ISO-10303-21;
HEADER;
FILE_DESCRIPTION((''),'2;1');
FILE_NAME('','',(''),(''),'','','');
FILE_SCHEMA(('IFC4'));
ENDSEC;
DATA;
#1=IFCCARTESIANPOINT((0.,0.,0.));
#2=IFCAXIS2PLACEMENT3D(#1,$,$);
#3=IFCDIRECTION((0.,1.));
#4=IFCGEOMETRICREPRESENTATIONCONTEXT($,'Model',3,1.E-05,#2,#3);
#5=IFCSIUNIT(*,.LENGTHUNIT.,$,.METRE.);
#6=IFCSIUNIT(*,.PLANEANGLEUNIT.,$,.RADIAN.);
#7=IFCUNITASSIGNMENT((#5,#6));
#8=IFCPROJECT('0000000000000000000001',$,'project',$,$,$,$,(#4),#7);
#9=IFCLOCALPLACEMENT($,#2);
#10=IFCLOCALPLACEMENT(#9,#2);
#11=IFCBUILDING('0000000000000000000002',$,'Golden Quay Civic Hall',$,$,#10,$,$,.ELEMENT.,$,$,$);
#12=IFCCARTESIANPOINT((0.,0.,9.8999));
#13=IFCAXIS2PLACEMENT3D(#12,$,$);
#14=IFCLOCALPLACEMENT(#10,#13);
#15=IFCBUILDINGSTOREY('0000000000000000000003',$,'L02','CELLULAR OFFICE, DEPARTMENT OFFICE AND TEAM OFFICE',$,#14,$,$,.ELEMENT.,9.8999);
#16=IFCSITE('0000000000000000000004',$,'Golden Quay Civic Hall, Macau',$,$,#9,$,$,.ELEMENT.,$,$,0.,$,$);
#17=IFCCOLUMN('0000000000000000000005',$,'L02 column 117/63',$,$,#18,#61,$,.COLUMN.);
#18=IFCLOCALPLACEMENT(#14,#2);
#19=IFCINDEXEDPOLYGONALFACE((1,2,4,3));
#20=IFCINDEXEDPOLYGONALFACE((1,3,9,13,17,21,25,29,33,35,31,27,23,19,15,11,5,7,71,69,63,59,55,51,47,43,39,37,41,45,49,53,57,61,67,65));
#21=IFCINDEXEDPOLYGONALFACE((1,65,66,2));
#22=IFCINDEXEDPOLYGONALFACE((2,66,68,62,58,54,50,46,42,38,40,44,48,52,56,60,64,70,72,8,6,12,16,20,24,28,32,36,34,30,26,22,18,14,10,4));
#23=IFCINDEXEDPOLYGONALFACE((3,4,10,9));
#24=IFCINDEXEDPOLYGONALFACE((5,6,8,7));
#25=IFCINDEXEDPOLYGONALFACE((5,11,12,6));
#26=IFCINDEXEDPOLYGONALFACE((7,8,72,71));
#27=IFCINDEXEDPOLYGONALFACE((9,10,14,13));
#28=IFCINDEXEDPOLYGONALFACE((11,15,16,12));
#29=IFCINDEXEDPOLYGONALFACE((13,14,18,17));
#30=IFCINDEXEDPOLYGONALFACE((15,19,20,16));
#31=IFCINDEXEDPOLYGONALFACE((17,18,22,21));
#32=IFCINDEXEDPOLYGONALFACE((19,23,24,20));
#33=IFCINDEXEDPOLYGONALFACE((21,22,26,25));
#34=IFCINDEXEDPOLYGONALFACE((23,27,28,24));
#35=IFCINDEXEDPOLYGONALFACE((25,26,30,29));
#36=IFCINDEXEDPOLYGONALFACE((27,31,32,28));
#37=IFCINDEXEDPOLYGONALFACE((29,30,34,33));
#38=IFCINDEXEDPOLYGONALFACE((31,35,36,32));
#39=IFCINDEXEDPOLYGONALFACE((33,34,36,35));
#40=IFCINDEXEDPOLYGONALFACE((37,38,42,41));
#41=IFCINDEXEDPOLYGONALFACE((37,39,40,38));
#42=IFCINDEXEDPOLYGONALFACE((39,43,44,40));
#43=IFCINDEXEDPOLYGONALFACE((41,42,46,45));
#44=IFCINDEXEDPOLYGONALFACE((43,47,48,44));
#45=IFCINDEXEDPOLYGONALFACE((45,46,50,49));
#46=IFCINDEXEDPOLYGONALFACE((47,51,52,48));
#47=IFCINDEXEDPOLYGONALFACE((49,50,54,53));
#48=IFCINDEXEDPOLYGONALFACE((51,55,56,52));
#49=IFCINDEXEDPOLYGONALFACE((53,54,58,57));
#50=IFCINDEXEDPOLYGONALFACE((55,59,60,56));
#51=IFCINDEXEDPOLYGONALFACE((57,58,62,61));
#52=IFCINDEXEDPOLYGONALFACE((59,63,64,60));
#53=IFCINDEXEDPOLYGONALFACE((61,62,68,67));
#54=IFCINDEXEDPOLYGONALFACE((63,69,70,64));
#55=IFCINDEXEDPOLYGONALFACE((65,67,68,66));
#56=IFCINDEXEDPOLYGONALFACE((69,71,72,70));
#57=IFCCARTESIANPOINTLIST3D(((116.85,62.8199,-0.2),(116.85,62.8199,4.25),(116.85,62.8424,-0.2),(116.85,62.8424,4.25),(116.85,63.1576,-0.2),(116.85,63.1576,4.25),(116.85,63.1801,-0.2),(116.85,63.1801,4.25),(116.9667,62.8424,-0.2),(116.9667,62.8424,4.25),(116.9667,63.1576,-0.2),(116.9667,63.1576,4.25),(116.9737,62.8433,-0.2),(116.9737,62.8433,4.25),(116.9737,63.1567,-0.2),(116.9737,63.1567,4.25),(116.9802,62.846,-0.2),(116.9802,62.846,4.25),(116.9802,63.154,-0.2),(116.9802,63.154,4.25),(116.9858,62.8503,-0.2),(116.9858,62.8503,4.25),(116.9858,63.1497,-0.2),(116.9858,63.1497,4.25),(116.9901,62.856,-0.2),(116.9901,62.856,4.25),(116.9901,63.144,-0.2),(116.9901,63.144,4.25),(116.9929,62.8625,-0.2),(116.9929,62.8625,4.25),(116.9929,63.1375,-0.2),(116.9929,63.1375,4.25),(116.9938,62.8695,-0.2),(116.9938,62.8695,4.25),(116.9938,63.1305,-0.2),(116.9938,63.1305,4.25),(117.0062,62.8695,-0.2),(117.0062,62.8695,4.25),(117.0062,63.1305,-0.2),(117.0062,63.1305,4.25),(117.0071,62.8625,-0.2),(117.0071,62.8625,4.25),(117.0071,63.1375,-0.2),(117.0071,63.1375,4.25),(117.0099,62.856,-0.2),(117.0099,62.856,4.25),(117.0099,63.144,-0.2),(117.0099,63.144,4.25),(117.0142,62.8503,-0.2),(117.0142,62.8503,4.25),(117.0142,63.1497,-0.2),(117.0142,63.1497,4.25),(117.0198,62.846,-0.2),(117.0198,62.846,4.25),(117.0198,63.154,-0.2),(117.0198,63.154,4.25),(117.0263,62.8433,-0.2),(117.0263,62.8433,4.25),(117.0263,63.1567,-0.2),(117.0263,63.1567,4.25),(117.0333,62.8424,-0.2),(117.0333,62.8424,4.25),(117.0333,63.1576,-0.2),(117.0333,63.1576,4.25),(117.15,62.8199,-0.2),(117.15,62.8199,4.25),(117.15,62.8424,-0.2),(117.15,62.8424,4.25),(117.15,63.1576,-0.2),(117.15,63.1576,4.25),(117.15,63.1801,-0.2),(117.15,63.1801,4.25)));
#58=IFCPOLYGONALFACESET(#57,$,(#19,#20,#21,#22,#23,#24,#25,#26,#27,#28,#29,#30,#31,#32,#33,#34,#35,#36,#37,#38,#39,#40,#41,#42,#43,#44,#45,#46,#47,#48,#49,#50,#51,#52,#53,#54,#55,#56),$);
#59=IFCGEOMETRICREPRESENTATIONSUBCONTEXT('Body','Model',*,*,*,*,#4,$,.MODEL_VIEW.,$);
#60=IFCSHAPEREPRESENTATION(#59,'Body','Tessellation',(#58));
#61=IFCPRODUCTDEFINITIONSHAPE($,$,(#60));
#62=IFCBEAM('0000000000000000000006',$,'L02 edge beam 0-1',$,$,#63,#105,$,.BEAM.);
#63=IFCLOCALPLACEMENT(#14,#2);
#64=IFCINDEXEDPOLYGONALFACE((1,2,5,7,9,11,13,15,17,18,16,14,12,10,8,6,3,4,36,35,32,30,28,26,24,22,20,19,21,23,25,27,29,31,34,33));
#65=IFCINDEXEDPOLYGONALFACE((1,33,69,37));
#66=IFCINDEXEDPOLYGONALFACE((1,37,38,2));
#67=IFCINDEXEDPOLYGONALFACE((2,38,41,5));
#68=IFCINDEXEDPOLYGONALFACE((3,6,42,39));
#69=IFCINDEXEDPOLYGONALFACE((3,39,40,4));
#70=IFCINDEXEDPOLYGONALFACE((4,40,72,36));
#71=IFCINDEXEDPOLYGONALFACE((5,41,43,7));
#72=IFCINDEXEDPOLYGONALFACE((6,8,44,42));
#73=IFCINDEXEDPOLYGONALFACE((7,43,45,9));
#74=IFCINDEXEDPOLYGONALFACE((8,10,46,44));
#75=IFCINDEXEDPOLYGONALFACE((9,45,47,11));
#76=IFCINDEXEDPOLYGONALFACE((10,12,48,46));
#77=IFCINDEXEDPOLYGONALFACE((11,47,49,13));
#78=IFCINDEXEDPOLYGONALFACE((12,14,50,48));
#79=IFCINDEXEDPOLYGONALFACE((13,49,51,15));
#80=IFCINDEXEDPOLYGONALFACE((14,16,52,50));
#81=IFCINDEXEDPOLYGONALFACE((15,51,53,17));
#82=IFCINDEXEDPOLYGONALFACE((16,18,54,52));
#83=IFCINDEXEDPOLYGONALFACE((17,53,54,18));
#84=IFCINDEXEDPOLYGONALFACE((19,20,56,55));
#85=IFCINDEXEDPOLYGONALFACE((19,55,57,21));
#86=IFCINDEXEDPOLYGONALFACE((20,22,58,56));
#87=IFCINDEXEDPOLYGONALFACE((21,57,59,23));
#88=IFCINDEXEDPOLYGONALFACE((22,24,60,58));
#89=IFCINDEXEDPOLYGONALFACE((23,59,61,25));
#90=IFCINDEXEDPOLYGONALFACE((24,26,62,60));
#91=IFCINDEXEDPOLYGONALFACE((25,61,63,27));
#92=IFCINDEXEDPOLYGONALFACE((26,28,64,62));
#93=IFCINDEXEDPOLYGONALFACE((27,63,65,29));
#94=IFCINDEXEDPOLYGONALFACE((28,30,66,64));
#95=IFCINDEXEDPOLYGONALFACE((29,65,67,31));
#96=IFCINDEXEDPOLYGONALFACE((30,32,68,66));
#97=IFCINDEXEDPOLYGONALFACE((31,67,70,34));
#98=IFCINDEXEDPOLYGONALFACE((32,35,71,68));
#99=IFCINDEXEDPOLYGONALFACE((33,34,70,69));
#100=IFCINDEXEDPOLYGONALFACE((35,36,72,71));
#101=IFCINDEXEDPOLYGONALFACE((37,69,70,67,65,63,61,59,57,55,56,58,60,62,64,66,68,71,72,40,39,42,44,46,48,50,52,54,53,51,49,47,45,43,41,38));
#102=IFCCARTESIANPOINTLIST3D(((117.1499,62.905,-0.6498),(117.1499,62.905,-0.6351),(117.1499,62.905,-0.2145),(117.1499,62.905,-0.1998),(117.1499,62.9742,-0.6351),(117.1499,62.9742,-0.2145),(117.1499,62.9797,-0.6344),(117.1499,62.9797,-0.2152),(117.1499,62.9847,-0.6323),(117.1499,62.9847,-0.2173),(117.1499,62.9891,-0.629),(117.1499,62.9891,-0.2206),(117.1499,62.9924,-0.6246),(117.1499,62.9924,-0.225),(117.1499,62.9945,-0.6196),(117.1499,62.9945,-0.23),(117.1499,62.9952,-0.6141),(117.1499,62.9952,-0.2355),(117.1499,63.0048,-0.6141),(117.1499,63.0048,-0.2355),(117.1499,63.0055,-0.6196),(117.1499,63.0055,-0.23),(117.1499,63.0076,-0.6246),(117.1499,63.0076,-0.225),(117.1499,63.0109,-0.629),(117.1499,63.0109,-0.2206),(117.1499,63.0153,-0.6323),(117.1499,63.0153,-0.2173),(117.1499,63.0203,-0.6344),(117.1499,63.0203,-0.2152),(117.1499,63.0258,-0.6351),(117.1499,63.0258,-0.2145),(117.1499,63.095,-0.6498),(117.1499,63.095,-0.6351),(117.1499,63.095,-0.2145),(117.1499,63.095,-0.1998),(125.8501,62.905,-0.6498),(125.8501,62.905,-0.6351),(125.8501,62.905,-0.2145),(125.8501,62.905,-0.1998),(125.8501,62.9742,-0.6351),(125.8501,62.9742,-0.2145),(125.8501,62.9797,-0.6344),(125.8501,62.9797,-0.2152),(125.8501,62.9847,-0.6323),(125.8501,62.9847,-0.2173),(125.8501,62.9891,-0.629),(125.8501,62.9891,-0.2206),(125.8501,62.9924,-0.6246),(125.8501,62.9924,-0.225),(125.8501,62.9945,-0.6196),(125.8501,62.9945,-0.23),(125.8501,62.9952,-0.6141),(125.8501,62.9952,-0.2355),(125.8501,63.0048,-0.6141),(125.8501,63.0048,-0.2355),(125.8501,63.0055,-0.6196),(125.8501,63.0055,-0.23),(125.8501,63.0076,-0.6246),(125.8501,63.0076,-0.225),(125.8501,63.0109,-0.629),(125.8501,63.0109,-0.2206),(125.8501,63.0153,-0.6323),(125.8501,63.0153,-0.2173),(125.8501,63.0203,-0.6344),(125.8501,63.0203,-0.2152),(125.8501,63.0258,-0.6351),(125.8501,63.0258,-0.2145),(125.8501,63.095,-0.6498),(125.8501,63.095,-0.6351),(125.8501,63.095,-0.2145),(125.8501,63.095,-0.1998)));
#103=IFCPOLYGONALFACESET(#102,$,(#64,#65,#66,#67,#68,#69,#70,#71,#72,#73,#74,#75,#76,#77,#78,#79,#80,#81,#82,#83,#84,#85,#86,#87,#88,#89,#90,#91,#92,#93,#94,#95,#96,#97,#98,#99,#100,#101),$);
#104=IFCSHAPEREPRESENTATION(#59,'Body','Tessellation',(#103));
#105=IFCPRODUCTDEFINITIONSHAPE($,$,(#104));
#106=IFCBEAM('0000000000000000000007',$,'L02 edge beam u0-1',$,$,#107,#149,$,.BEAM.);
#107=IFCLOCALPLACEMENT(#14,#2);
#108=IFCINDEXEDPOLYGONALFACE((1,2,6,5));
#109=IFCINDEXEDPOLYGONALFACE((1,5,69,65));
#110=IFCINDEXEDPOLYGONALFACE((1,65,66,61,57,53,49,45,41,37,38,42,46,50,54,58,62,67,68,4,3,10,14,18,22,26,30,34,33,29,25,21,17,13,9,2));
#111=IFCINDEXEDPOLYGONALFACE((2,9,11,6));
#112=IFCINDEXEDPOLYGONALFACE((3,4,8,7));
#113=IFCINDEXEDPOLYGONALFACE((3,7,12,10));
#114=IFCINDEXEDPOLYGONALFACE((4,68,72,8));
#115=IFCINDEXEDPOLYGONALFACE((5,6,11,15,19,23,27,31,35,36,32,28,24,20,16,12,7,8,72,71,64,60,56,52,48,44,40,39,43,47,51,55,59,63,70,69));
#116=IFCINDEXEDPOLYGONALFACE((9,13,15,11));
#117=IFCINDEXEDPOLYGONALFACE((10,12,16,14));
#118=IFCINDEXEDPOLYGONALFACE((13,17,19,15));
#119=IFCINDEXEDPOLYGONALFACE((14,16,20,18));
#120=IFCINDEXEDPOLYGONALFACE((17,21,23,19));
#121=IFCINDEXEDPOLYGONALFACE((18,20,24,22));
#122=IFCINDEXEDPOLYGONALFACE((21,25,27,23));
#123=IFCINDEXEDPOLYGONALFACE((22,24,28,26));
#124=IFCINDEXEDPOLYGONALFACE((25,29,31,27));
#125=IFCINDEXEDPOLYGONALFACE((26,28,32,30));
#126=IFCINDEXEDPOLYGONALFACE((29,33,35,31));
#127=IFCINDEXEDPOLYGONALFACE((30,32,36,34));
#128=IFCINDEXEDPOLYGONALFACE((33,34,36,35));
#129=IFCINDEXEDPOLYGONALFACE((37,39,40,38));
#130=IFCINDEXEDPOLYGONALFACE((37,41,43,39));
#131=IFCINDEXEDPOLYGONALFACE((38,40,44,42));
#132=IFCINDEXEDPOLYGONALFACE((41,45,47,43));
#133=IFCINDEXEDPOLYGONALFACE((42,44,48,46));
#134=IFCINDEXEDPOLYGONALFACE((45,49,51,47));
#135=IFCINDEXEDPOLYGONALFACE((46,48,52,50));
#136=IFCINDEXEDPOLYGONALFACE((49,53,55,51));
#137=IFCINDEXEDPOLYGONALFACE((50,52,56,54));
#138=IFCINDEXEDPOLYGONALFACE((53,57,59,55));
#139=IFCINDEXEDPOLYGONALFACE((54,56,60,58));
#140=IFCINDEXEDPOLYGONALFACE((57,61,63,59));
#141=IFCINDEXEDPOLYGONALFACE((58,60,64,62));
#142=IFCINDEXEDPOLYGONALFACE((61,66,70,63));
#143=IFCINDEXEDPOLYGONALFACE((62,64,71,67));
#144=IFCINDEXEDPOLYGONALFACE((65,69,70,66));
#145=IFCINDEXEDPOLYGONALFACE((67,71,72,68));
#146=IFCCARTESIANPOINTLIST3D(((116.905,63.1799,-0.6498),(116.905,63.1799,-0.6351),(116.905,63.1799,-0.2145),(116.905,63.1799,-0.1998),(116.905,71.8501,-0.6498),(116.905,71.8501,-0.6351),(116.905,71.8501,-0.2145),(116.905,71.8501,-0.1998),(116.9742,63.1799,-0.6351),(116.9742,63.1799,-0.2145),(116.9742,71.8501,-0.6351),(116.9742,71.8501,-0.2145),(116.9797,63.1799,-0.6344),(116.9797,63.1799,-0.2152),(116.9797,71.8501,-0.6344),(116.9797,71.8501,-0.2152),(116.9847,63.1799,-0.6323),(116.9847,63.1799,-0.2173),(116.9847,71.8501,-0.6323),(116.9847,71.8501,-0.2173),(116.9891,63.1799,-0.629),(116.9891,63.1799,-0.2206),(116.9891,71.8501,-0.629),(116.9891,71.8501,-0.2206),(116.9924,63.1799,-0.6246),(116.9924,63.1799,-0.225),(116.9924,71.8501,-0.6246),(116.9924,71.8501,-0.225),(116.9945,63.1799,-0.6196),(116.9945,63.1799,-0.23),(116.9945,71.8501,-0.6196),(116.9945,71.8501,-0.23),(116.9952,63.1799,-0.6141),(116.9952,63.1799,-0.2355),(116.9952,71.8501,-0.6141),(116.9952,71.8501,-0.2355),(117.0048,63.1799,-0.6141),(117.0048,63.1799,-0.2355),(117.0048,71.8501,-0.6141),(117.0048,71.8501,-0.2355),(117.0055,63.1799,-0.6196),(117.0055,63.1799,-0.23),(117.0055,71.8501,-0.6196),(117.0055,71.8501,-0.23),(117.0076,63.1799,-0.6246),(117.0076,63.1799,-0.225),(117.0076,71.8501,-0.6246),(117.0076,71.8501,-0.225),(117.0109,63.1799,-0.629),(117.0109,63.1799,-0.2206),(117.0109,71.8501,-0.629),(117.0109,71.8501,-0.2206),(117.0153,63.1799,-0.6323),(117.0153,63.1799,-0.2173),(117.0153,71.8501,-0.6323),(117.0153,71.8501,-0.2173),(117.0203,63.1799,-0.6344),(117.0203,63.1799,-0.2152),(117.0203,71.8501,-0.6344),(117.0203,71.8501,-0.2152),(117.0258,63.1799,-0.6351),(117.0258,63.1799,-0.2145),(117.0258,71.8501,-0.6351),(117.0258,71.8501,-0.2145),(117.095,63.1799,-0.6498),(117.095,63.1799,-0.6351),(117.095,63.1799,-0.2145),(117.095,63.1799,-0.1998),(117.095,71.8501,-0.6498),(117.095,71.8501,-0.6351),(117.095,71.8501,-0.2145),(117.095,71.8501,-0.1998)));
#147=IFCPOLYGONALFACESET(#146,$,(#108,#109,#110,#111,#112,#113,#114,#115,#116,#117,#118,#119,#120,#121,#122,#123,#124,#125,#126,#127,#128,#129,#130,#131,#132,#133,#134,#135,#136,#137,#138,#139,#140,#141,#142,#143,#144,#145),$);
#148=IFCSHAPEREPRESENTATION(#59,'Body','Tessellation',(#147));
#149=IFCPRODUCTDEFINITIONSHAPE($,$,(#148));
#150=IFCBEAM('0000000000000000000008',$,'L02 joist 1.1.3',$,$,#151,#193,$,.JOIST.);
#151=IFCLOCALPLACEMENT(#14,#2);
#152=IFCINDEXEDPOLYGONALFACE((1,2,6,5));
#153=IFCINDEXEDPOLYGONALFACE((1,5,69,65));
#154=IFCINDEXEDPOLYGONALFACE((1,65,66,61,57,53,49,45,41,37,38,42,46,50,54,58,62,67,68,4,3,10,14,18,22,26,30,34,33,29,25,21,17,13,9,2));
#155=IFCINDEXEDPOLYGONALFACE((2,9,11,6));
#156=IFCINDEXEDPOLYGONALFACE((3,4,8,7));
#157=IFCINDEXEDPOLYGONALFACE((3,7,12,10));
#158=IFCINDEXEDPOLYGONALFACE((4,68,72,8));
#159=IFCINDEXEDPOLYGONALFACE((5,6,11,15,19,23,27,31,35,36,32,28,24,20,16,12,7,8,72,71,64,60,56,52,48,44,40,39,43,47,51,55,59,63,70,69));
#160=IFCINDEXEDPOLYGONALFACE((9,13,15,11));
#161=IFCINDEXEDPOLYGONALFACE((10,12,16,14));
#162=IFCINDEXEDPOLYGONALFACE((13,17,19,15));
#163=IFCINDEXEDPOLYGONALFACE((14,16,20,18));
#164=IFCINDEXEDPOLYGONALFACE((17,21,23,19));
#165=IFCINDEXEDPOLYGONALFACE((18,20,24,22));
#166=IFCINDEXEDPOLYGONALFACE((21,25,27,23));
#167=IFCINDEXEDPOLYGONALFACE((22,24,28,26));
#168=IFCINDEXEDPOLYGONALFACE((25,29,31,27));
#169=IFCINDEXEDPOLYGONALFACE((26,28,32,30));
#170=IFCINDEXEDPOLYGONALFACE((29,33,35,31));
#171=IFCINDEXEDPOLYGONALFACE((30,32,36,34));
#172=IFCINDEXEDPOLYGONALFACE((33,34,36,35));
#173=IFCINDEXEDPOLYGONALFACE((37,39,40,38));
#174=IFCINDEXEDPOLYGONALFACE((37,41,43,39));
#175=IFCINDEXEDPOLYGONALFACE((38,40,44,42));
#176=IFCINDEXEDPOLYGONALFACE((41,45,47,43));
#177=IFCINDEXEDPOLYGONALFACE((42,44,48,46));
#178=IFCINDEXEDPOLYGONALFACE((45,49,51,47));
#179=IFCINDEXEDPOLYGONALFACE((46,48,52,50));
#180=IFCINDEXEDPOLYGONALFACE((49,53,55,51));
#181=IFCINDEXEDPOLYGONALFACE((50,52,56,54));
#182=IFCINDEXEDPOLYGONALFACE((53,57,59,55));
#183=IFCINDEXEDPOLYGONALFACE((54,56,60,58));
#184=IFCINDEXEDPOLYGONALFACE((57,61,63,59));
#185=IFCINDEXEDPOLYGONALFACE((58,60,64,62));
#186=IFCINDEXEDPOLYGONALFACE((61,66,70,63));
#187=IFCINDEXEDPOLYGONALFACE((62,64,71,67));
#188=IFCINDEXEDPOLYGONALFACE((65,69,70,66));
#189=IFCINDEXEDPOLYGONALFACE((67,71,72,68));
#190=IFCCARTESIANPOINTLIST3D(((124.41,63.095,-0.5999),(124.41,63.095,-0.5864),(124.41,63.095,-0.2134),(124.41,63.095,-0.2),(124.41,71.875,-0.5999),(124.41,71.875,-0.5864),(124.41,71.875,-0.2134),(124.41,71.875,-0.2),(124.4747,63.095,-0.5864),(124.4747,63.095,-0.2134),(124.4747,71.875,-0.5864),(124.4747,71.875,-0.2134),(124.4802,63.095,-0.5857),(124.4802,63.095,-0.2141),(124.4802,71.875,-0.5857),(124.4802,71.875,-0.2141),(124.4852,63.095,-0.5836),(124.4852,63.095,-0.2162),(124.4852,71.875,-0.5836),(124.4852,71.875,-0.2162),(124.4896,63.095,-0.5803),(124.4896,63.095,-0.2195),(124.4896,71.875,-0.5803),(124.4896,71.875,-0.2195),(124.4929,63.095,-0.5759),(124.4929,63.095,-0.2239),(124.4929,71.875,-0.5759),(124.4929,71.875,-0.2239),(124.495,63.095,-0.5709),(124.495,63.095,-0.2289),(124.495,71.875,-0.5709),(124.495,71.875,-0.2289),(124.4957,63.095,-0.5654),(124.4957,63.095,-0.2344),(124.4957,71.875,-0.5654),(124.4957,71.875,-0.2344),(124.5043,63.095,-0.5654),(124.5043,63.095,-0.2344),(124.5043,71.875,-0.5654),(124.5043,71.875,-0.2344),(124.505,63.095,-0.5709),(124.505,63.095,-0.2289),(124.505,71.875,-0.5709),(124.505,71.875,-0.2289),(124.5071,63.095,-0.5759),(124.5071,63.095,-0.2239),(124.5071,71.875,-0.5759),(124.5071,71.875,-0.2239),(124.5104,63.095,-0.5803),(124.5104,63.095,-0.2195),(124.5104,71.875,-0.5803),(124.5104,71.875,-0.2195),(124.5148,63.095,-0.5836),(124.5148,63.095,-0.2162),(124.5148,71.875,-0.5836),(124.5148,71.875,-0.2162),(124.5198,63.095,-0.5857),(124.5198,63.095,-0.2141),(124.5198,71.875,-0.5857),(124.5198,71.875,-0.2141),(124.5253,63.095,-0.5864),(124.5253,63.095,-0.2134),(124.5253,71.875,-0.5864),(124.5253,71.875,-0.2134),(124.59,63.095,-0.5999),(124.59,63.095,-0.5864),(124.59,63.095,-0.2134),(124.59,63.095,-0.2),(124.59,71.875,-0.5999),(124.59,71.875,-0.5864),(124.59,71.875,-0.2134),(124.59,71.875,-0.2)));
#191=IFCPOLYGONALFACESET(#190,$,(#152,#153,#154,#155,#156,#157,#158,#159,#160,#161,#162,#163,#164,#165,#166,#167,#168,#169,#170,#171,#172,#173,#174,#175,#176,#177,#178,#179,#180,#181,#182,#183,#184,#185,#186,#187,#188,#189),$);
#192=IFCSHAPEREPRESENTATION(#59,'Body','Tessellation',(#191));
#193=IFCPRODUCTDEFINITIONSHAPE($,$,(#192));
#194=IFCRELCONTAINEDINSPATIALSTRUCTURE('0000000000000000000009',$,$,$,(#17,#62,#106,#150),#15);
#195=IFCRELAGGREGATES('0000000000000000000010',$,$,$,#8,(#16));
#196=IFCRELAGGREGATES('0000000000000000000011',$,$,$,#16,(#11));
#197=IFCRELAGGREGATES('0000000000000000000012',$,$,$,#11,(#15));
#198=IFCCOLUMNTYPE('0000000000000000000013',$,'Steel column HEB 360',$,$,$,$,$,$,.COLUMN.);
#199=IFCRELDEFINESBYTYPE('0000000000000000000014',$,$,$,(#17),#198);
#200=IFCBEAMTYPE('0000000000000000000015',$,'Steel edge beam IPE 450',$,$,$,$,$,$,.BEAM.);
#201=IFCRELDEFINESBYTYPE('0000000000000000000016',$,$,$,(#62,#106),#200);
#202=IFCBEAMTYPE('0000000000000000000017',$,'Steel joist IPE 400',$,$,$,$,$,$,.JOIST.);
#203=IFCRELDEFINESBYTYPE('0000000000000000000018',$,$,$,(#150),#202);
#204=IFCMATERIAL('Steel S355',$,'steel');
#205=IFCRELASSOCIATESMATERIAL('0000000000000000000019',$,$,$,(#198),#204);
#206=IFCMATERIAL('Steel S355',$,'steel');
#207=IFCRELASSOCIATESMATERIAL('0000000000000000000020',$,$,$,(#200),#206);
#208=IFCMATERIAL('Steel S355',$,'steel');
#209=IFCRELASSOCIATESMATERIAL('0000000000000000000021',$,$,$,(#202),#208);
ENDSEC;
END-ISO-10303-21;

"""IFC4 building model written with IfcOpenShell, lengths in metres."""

from ifc_helpers import new_model, si_unit, direction, frame, origin, origin_2d, place, context, subcontext, project, spatial, i_section, extrude, material, material_profile, profile_set, type_object, element, save


model = new_model("IFC4")

# Units and contexts
model_context = context("Model", 3, precision=1e-05, world=origin(), true_north=direction((0.0, 1.0)))
body_context = subcontext(model_context, "Body", "Model", "MODEL_VIEW")
ifc_project = project(units=[si_unit("LENGTHUNIT", "METRE"), si_unit("PLANEANGLEUNIT", "RADIAN")], contexts=[model_context])

# Site, building, storey
site_placement = place(None, origin())
site = spatial("IfcSite", under=ifc_project, at=site_placement, Name="Golden Quay Civic Hall, Macau", CompositionType="ELEMENT", RefElevation=0.0)
building_placement = place(site_placement, origin())
building = spatial("IfcBuilding", under=site, at=building_placement, Name="Golden Quay Civic Hall", CompositionType="ELEMENT")
storey_placement = place(building_placement, frame((0.0, 0.0, 9.8999)))
storey = spatial("IfcBuildingStorey", under=building, at=storey_placement, Name="L02", Description="CELLULAR OFFICE, DEPARTMENT OFFICE AND TEAM OFFICE", CompositionType="ELEMENT", Elevation=9.8999)

# Column
ifc_material_1 = material(Name="Steel S355", Category="steel")
ifc_material_profile_1 = material_profile(ifc_material_1, i_section(OverallWidth=0.3, OverallDepth=0.3601, WebThickness=0.0125, FlangeThickness=0.0225, FilletRadius=0.0271, at=origin_2d()), Name="HEB 360")
ifc_profile_set_1 = profile_set([ifc_material_profile_1], Name="Steel S355")
column_type = type_object("IfcColumnType", Name="Steel column HEB 360", PredefinedType="COLUMN", material=ifc_profile_set_1)
column_placement = place(storey_placement, frame((117.0, 63.0, -0.2), z_axis=(0.0, 0.0, 1.0), x_axis=(1.0, 0.0, 0.0)))
element("IfcColumn", 1, at=column_placement, inside=storey, type_object=column_type, Name="L02 column 117/63", PredefinedType="COLUMN", context=body_context, shape_type="SweptSolid", body=[
    extrude(i_section(OverallWidth=0.3, OverallDepth=0.3601, WebThickness=0.0125, FlangeThickness=0.0225, FilletRadius=0.0271, at=origin_2d()), origin(), (0.0, 0.0, 1.0), 4.45),
])

# Beams
ifc_material_2 = material(Name="Steel S355", Category="steel")
ifc_material_profile_2 = material_profile(ifc_material_2, i_section(OverallWidth=0.1899, OverallDepth=0.45, WebThickness=0.0095, FlangeThickness=0.0146, FilletRadius=0.021, at=origin_2d()), Name="IPE 450")
ifc_profile_set_2 = profile_set([ifc_material_profile_2], Name="Steel S355")
beam_type_1 = type_object("IfcBeamType", Name="Steel edge beam IPE 450", PredefinedType="BEAM", material=ifc_profile_set_2)
beam_1_placement = place(storey_placement, frame((117.1499, 63.0, -0.4248), z_axis=(1.0, 0.0, 0.0), x_axis=(0.0, 1.0, 0.0)))
element("IfcBeam", 2, at=beam_1_placement, inside=storey, type_object=beam_type_1, Name="L02 edge beam 0-1", PredefinedType="BEAM", context=body_context, shape_type="SweptSolid", body=[
    extrude(i_section(OverallWidth=0.1899, OverallDepth=0.45, WebThickness=0.0095, FlangeThickness=0.0146, FilletRadius=0.021, at=origin_2d()), origin(), (0.0, 0.0, 1.0), 8.7002),
])
beam_2_placement = place(storey_placement, frame((117.0, 63.1799, -0.4248), z_axis=(0.0, 1.0, 0.0), x_axis=(-1.0, 0.0, 0.0)))
element("IfcBeam", 3, at=beam_2_placement, inside=storey, type_object=beam_type_1, Name="L02 edge beam u0-1", PredefinedType="BEAM", context=body_context, shape_type="SweptSolid", body=[
    extrude(i_section(OverallWidth=0.1899, OverallDepth=0.45, WebThickness=0.0095, FlangeThickness=0.0146, FilletRadius=0.021, at=origin_2d()), origin(), (0.0, 0.0, 1.0), 8.6702),
])
ifc_material_3 = material(Name="Steel S355", Category="steel")
ifc_material_profile_3 = material_profile(ifc_material_3, i_section(OverallWidth=0.1799, OverallDepth=0.3999, WebThickness=0.0085, FlangeThickness=0.0134, FilletRadius=0.021, at=origin_2d()), Name="IPE 400")
ifc_profile_set_3 = profile_set([ifc_material_profile_3], Name="Steel S355")
beam_type_2 = type_object("IfcBeamType", Name="Steel joist IPE 400", PredefinedType="JOIST", material=ifc_profile_set_3)
beam_3_placement = place(storey_placement, frame((124.5, 63.095, -0.3999), z_axis=(0.0, 1.0, 0.0), x_axis=(-1.0, 0.0, 0.0)))
element("IfcBeam", 4, at=beam_3_placement, inside=storey, type_object=beam_type_2, Name="L02 joist 1.1.3", PredefinedType="JOIST", context=body_context, shape_type="SweptSolid", body=[
    extrude(i_section(OverallWidth=0.1799, OverallDepth=0.3999, WebThickness=0.0085, FlangeThickness=0.0134, FilletRadius=0.021, at=origin_2d()), origin(), (0.0, 0.0, 1.0), 8.78),
])

save(model, "model.ifc")
